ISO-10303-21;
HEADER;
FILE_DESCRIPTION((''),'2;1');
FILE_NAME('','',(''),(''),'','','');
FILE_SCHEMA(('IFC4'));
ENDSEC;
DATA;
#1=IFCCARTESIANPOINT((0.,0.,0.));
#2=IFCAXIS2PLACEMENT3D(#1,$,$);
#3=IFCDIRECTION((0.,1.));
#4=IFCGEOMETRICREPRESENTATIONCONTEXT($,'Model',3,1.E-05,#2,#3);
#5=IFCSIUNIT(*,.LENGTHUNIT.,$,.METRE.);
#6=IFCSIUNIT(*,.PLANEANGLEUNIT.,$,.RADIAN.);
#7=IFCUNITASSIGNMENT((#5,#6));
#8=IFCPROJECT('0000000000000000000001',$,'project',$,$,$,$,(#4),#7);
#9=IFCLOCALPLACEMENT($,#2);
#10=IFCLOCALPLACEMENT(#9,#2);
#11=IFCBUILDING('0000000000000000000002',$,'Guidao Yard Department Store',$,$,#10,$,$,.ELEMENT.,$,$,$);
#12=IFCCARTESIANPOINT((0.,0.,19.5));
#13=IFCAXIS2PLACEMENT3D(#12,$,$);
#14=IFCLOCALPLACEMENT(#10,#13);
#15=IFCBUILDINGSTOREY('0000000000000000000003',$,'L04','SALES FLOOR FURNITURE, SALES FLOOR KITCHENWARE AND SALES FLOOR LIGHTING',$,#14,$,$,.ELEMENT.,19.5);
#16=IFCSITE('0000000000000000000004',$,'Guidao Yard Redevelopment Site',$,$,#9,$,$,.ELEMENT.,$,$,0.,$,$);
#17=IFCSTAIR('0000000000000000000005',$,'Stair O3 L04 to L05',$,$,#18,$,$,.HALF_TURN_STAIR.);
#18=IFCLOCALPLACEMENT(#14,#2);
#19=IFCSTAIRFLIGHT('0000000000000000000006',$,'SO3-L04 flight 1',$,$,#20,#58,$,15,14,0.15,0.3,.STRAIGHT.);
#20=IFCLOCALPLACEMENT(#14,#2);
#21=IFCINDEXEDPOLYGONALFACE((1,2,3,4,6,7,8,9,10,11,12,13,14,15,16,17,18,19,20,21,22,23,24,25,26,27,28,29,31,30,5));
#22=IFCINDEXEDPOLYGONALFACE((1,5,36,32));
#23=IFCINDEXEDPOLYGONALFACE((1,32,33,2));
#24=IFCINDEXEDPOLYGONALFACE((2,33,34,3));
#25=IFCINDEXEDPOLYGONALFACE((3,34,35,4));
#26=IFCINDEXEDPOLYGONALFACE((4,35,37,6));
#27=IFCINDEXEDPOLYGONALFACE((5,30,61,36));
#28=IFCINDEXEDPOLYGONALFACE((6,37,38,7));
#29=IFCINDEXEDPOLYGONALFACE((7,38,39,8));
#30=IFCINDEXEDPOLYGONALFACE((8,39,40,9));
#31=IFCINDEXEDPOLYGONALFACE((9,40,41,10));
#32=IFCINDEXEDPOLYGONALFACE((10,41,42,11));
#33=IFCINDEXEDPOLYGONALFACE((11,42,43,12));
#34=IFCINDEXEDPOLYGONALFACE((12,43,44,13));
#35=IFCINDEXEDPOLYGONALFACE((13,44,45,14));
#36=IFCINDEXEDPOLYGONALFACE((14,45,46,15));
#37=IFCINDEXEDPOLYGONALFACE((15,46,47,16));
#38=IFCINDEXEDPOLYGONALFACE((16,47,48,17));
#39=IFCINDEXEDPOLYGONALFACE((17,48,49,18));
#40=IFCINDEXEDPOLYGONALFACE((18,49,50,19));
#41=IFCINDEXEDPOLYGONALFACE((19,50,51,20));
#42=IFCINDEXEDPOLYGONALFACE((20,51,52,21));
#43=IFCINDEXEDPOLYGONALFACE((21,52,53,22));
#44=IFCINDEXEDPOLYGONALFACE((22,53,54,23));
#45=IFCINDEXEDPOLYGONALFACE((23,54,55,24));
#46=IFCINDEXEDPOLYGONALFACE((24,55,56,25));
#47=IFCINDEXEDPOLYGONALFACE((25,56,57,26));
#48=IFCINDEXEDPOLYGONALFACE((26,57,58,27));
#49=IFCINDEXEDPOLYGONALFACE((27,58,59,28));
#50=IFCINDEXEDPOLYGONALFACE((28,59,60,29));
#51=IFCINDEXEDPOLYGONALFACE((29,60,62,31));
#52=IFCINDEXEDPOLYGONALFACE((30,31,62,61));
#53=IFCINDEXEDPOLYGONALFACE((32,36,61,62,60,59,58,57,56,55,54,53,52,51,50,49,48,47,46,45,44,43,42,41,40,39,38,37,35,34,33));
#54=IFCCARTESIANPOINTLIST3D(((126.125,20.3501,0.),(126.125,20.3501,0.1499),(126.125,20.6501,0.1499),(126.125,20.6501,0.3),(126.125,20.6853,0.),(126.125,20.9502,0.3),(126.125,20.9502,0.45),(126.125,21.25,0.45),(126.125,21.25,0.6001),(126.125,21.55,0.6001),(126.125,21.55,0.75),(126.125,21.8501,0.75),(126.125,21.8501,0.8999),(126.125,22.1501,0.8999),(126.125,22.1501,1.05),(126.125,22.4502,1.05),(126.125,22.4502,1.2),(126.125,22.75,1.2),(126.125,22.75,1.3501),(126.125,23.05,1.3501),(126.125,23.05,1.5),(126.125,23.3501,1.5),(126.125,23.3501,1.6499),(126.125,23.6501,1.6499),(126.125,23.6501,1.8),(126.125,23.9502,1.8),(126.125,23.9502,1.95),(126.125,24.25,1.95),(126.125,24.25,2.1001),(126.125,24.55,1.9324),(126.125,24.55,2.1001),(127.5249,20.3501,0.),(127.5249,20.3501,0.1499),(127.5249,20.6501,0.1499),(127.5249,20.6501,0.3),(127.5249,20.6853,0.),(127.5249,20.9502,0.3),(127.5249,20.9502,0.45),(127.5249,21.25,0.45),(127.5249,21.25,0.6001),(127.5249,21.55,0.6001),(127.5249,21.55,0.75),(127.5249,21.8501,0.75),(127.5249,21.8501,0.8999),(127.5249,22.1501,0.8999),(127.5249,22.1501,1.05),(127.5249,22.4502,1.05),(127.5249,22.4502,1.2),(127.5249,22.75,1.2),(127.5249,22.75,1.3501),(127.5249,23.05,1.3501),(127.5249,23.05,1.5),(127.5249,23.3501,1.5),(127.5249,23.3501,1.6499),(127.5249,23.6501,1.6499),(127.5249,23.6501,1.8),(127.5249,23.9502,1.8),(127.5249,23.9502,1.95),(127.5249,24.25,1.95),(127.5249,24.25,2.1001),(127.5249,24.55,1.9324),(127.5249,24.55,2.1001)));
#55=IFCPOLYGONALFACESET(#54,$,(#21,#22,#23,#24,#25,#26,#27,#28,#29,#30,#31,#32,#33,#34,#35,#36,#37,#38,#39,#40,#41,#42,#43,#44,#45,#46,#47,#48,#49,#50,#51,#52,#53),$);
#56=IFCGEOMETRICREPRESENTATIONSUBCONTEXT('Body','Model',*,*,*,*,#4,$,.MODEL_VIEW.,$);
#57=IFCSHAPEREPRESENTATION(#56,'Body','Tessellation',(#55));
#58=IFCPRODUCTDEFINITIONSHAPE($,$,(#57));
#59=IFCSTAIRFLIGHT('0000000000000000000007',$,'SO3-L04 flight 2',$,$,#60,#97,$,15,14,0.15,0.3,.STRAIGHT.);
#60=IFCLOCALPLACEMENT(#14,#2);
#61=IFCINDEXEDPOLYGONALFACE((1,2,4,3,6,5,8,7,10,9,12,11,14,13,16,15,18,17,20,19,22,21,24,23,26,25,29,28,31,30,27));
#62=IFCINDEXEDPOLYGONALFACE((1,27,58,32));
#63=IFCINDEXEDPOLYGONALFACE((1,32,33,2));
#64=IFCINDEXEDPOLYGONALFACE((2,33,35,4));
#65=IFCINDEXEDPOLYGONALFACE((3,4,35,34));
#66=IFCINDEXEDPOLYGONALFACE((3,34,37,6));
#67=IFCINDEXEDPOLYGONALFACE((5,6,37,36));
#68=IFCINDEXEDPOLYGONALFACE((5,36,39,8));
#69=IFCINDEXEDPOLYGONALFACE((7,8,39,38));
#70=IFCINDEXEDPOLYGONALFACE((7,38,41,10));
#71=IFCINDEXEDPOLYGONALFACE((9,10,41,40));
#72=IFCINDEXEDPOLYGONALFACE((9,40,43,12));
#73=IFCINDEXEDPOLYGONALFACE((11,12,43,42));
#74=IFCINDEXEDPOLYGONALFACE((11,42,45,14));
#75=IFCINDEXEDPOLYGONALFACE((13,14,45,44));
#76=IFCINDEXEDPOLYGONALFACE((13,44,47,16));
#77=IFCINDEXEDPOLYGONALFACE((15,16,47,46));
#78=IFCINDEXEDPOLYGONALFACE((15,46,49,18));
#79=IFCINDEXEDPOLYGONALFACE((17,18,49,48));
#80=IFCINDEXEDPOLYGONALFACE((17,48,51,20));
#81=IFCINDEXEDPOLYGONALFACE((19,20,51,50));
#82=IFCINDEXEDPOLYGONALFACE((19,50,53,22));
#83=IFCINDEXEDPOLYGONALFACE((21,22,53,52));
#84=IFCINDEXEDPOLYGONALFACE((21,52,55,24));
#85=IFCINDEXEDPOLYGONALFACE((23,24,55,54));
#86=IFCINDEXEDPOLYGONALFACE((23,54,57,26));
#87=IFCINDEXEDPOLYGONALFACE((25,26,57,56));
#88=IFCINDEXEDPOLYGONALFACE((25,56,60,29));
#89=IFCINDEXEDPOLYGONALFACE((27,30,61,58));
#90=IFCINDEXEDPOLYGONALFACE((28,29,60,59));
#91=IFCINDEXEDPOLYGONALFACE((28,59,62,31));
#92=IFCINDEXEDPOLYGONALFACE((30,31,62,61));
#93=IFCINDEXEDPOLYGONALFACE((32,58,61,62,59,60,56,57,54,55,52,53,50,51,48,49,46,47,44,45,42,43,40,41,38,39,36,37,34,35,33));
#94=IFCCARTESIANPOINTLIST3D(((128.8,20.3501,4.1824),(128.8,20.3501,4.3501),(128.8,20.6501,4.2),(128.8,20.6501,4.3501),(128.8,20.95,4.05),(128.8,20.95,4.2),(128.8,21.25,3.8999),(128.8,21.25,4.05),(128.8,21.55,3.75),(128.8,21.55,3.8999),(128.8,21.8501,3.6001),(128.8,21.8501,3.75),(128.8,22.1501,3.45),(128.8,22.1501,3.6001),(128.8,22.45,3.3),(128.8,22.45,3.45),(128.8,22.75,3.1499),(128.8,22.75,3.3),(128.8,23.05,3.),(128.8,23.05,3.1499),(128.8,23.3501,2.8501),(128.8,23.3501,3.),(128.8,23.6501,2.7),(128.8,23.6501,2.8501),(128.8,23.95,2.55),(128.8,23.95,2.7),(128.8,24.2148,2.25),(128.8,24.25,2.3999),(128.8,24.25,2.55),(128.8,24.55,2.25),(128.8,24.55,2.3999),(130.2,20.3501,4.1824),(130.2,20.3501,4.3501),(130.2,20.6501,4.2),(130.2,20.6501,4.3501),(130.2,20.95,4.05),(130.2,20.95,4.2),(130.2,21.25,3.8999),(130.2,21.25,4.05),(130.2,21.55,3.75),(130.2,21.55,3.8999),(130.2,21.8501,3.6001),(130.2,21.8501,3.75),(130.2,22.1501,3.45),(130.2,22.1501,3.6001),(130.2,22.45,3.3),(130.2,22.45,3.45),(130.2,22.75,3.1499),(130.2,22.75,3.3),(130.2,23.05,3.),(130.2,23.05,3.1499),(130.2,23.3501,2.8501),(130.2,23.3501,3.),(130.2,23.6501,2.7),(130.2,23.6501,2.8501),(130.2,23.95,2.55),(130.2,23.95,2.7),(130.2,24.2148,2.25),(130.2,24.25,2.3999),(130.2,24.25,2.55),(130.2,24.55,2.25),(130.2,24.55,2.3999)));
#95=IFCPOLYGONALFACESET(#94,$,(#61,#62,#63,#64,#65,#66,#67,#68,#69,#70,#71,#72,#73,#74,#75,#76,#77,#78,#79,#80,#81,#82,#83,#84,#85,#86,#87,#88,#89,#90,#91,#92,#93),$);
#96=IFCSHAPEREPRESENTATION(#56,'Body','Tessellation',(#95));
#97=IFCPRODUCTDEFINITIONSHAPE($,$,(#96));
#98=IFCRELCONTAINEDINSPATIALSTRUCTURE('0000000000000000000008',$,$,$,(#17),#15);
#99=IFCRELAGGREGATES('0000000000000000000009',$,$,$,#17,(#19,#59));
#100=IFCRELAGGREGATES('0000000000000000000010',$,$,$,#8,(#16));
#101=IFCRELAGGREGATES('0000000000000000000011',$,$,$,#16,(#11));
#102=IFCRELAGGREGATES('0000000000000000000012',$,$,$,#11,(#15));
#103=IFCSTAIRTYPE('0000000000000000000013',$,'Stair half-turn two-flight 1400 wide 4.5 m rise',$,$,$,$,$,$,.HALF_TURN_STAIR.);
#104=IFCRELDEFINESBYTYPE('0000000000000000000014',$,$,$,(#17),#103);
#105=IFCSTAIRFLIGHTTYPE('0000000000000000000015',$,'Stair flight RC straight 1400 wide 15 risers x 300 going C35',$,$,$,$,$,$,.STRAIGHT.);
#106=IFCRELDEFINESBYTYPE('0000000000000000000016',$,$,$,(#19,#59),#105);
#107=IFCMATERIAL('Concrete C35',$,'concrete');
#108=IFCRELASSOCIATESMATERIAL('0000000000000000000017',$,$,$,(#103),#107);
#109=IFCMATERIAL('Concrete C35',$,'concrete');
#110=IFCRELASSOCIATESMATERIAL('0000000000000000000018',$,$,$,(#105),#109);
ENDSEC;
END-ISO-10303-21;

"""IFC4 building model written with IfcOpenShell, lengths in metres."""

from ifc_helpers import new_model, si_unit, direction, frame, origin, place, context, subcontext, project, spatial, polyline, outline, extrude, material, type_object, element, aggregate, save


model = new_model("IFC4")

# Units and contexts
model_context = context("Model", 3, precision=1e-05, world=origin(), true_north=direction((0.0, 1.0)))
body_context = subcontext(model_context, "Body", "Model", "MODEL_VIEW")
ifc_project = project(units=[si_unit("LENGTHUNIT", "METRE"), si_unit("PLANEANGLEUNIT", "RADIAN")], contexts=[model_context])

# Site, building, storey
site_placement = place(None, origin())
site = spatial("IfcSite", under=ifc_project, at=site_placement, Name="Guidao Yard Redevelopment Site", CompositionType="ELEMENT", RefElevation=0.0)
building_placement = place(site_placement, origin())
building = spatial("IfcBuilding", under=site, at=building_placement, Name="Guidao Yard Department Store", CompositionType="ELEMENT")
storey_placement = place(building_placement, frame((0.0, 0.0, 19.5)))
storey = spatial("IfcBuildingStorey", under=building, at=storey_placement, Name="L04", Description="SALES FLOOR FURNITURE, SALES FLOOR KITCHENWARE AND SALES FLOOR LIGHTING", CompositionType="ELEMENT", Elevation=19.5)

# Stair, stair flights
ifc_material_1 = material(Name="Concrete C35", Category="concrete")
stair_type = type_object("IfcStairType", Name="Stair half-turn two-flight 1400 wide 4.5 m rise", PredefinedType="HALF_TURN_STAIR", material=ifc_material_1)
stair_placement = place(storey_placement, origin())
stair = element("IfcStair", 1, at=stair_placement, inside=storey, type_object=stair_type, Name="Stair O3 L04 to L05", PredefinedType="HALF_TURN_STAIR")
ifc_material_2 = material(Name="Concrete C35", Category="concrete")
stair_flight_type = type_object("IfcStairFlightType", Name="Stair flight RC straight 1400 wide 15 risers x 300 going C35", PredefinedType="STRAIGHT", material=ifc_material_2)
stair_flight_1_placement = place(storey_placement, frame((126.825, 20.3501, 0.0), z_axis=(0.0, 0.0, 1.0), x_axis=(0.0, 1.0, 0.0)))
stair_flight_1 = element("IfcStairFlight", 2, at=stair_flight_1_placement, type_object=stair_flight_type, Name="SO3-L04 flight 1", NumberOfRisers=15, NumberOfTreads=14, PredefinedType="STRAIGHT", RiserHeight=0.15, TreadLength=0.3, context=body_context, shape_type="SweptSolid", body=[
    extrude(outline(polyline([(0.0, 0.0), (0.0, 0.1499), (0.3, 0.1499), (0.3, 0.3), (0.6001, 0.3), (0.6001, 0.45), (0.8999, 0.45), (0.8999, 0.6001), (1.2, 0.6001), (1.2, 0.75), (1.5, 0.75), (1.5, 0.8999), (1.8, 0.8999), (1.8, 1.05), (2.1001, 1.05), (2.1001, 1.2), (2.3999, 1.2), (2.3999, 1.3501), (2.7, 1.3501), (2.7, 1.5), (3.0, 1.5), (3.0, 1.6499), (3.3, 1.6499), (3.3, 1.8), (3.6001, 1.8), (3.6001, 1.95), (3.8999, 1.95), (3.8999, 2.1001), (4.2, 2.1001), (4.2, 2.25), (4.2, 1.9324), (0.3352, 0.0), (0.0, 0.0)])), frame((0.0, 0.7, 0.0), z_axis=(0.0, -1.0, 0.0), x_axis=(1.0, 0.0, 0.0)), (0.0, 0.0, 1.0), 1.3999),
])
stair_flight_2_placement = place(storey_placement, frame((129.5, 24.55, 2.25), z_axis=(0.0, 0.0, 1.0), x_axis=(0.0, -1.0, 0.0)))
stair_flight_2 = element("IfcStairFlight", 3, at=stair_flight_2_placement, type_object=stair_flight_type, Name="SO3-L04 flight 2", NumberOfRisers=15, NumberOfTreads=14, PredefinedType="STRAIGHT", RiserHeight=0.15, TreadLength=0.3, context=body_context, shape_type="SweptSolid", body=[
    extrude(outline(polyline([(0.0, 0.0), (0.0, 0.1499), (0.3, 0.1499), (0.3, 0.3), (0.6001, 0.3), (0.6001, 0.45), (0.8999, 0.45), (0.8999, 0.6001), (1.2, 0.6001), (1.2, 0.75), (1.5, 0.75), (1.5, 0.8999), (1.8, 0.8999), (1.8, 1.05), (2.1001, 1.05), (2.1001, 1.2), (2.3999, 1.2), (2.3999, 1.3501), (2.7, 1.3501), (2.7, 1.5), (3.0, 1.5), (3.0, 1.6499), (3.3, 1.6499), (3.3, 1.8), (3.6001, 1.8), (3.6001, 1.95), (3.8999, 1.95), (3.8999, 2.1001), (4.2, 2.1001), (4.2, 2.25), (4.2, 1.9324), (0.3352, 0.0), (0.0, 0.0)])), frame((0.0, 0.7, 0.0), z_axis=(0.0, -1.0, 0.0), x_axis=(1.0, 0.0, 0.0)), (0.0, 0.0, 1.0), 1.3999),
])
aggregate(stair, [stair_flight_1, stair_flight_2])

save(model, "model.ifc")
